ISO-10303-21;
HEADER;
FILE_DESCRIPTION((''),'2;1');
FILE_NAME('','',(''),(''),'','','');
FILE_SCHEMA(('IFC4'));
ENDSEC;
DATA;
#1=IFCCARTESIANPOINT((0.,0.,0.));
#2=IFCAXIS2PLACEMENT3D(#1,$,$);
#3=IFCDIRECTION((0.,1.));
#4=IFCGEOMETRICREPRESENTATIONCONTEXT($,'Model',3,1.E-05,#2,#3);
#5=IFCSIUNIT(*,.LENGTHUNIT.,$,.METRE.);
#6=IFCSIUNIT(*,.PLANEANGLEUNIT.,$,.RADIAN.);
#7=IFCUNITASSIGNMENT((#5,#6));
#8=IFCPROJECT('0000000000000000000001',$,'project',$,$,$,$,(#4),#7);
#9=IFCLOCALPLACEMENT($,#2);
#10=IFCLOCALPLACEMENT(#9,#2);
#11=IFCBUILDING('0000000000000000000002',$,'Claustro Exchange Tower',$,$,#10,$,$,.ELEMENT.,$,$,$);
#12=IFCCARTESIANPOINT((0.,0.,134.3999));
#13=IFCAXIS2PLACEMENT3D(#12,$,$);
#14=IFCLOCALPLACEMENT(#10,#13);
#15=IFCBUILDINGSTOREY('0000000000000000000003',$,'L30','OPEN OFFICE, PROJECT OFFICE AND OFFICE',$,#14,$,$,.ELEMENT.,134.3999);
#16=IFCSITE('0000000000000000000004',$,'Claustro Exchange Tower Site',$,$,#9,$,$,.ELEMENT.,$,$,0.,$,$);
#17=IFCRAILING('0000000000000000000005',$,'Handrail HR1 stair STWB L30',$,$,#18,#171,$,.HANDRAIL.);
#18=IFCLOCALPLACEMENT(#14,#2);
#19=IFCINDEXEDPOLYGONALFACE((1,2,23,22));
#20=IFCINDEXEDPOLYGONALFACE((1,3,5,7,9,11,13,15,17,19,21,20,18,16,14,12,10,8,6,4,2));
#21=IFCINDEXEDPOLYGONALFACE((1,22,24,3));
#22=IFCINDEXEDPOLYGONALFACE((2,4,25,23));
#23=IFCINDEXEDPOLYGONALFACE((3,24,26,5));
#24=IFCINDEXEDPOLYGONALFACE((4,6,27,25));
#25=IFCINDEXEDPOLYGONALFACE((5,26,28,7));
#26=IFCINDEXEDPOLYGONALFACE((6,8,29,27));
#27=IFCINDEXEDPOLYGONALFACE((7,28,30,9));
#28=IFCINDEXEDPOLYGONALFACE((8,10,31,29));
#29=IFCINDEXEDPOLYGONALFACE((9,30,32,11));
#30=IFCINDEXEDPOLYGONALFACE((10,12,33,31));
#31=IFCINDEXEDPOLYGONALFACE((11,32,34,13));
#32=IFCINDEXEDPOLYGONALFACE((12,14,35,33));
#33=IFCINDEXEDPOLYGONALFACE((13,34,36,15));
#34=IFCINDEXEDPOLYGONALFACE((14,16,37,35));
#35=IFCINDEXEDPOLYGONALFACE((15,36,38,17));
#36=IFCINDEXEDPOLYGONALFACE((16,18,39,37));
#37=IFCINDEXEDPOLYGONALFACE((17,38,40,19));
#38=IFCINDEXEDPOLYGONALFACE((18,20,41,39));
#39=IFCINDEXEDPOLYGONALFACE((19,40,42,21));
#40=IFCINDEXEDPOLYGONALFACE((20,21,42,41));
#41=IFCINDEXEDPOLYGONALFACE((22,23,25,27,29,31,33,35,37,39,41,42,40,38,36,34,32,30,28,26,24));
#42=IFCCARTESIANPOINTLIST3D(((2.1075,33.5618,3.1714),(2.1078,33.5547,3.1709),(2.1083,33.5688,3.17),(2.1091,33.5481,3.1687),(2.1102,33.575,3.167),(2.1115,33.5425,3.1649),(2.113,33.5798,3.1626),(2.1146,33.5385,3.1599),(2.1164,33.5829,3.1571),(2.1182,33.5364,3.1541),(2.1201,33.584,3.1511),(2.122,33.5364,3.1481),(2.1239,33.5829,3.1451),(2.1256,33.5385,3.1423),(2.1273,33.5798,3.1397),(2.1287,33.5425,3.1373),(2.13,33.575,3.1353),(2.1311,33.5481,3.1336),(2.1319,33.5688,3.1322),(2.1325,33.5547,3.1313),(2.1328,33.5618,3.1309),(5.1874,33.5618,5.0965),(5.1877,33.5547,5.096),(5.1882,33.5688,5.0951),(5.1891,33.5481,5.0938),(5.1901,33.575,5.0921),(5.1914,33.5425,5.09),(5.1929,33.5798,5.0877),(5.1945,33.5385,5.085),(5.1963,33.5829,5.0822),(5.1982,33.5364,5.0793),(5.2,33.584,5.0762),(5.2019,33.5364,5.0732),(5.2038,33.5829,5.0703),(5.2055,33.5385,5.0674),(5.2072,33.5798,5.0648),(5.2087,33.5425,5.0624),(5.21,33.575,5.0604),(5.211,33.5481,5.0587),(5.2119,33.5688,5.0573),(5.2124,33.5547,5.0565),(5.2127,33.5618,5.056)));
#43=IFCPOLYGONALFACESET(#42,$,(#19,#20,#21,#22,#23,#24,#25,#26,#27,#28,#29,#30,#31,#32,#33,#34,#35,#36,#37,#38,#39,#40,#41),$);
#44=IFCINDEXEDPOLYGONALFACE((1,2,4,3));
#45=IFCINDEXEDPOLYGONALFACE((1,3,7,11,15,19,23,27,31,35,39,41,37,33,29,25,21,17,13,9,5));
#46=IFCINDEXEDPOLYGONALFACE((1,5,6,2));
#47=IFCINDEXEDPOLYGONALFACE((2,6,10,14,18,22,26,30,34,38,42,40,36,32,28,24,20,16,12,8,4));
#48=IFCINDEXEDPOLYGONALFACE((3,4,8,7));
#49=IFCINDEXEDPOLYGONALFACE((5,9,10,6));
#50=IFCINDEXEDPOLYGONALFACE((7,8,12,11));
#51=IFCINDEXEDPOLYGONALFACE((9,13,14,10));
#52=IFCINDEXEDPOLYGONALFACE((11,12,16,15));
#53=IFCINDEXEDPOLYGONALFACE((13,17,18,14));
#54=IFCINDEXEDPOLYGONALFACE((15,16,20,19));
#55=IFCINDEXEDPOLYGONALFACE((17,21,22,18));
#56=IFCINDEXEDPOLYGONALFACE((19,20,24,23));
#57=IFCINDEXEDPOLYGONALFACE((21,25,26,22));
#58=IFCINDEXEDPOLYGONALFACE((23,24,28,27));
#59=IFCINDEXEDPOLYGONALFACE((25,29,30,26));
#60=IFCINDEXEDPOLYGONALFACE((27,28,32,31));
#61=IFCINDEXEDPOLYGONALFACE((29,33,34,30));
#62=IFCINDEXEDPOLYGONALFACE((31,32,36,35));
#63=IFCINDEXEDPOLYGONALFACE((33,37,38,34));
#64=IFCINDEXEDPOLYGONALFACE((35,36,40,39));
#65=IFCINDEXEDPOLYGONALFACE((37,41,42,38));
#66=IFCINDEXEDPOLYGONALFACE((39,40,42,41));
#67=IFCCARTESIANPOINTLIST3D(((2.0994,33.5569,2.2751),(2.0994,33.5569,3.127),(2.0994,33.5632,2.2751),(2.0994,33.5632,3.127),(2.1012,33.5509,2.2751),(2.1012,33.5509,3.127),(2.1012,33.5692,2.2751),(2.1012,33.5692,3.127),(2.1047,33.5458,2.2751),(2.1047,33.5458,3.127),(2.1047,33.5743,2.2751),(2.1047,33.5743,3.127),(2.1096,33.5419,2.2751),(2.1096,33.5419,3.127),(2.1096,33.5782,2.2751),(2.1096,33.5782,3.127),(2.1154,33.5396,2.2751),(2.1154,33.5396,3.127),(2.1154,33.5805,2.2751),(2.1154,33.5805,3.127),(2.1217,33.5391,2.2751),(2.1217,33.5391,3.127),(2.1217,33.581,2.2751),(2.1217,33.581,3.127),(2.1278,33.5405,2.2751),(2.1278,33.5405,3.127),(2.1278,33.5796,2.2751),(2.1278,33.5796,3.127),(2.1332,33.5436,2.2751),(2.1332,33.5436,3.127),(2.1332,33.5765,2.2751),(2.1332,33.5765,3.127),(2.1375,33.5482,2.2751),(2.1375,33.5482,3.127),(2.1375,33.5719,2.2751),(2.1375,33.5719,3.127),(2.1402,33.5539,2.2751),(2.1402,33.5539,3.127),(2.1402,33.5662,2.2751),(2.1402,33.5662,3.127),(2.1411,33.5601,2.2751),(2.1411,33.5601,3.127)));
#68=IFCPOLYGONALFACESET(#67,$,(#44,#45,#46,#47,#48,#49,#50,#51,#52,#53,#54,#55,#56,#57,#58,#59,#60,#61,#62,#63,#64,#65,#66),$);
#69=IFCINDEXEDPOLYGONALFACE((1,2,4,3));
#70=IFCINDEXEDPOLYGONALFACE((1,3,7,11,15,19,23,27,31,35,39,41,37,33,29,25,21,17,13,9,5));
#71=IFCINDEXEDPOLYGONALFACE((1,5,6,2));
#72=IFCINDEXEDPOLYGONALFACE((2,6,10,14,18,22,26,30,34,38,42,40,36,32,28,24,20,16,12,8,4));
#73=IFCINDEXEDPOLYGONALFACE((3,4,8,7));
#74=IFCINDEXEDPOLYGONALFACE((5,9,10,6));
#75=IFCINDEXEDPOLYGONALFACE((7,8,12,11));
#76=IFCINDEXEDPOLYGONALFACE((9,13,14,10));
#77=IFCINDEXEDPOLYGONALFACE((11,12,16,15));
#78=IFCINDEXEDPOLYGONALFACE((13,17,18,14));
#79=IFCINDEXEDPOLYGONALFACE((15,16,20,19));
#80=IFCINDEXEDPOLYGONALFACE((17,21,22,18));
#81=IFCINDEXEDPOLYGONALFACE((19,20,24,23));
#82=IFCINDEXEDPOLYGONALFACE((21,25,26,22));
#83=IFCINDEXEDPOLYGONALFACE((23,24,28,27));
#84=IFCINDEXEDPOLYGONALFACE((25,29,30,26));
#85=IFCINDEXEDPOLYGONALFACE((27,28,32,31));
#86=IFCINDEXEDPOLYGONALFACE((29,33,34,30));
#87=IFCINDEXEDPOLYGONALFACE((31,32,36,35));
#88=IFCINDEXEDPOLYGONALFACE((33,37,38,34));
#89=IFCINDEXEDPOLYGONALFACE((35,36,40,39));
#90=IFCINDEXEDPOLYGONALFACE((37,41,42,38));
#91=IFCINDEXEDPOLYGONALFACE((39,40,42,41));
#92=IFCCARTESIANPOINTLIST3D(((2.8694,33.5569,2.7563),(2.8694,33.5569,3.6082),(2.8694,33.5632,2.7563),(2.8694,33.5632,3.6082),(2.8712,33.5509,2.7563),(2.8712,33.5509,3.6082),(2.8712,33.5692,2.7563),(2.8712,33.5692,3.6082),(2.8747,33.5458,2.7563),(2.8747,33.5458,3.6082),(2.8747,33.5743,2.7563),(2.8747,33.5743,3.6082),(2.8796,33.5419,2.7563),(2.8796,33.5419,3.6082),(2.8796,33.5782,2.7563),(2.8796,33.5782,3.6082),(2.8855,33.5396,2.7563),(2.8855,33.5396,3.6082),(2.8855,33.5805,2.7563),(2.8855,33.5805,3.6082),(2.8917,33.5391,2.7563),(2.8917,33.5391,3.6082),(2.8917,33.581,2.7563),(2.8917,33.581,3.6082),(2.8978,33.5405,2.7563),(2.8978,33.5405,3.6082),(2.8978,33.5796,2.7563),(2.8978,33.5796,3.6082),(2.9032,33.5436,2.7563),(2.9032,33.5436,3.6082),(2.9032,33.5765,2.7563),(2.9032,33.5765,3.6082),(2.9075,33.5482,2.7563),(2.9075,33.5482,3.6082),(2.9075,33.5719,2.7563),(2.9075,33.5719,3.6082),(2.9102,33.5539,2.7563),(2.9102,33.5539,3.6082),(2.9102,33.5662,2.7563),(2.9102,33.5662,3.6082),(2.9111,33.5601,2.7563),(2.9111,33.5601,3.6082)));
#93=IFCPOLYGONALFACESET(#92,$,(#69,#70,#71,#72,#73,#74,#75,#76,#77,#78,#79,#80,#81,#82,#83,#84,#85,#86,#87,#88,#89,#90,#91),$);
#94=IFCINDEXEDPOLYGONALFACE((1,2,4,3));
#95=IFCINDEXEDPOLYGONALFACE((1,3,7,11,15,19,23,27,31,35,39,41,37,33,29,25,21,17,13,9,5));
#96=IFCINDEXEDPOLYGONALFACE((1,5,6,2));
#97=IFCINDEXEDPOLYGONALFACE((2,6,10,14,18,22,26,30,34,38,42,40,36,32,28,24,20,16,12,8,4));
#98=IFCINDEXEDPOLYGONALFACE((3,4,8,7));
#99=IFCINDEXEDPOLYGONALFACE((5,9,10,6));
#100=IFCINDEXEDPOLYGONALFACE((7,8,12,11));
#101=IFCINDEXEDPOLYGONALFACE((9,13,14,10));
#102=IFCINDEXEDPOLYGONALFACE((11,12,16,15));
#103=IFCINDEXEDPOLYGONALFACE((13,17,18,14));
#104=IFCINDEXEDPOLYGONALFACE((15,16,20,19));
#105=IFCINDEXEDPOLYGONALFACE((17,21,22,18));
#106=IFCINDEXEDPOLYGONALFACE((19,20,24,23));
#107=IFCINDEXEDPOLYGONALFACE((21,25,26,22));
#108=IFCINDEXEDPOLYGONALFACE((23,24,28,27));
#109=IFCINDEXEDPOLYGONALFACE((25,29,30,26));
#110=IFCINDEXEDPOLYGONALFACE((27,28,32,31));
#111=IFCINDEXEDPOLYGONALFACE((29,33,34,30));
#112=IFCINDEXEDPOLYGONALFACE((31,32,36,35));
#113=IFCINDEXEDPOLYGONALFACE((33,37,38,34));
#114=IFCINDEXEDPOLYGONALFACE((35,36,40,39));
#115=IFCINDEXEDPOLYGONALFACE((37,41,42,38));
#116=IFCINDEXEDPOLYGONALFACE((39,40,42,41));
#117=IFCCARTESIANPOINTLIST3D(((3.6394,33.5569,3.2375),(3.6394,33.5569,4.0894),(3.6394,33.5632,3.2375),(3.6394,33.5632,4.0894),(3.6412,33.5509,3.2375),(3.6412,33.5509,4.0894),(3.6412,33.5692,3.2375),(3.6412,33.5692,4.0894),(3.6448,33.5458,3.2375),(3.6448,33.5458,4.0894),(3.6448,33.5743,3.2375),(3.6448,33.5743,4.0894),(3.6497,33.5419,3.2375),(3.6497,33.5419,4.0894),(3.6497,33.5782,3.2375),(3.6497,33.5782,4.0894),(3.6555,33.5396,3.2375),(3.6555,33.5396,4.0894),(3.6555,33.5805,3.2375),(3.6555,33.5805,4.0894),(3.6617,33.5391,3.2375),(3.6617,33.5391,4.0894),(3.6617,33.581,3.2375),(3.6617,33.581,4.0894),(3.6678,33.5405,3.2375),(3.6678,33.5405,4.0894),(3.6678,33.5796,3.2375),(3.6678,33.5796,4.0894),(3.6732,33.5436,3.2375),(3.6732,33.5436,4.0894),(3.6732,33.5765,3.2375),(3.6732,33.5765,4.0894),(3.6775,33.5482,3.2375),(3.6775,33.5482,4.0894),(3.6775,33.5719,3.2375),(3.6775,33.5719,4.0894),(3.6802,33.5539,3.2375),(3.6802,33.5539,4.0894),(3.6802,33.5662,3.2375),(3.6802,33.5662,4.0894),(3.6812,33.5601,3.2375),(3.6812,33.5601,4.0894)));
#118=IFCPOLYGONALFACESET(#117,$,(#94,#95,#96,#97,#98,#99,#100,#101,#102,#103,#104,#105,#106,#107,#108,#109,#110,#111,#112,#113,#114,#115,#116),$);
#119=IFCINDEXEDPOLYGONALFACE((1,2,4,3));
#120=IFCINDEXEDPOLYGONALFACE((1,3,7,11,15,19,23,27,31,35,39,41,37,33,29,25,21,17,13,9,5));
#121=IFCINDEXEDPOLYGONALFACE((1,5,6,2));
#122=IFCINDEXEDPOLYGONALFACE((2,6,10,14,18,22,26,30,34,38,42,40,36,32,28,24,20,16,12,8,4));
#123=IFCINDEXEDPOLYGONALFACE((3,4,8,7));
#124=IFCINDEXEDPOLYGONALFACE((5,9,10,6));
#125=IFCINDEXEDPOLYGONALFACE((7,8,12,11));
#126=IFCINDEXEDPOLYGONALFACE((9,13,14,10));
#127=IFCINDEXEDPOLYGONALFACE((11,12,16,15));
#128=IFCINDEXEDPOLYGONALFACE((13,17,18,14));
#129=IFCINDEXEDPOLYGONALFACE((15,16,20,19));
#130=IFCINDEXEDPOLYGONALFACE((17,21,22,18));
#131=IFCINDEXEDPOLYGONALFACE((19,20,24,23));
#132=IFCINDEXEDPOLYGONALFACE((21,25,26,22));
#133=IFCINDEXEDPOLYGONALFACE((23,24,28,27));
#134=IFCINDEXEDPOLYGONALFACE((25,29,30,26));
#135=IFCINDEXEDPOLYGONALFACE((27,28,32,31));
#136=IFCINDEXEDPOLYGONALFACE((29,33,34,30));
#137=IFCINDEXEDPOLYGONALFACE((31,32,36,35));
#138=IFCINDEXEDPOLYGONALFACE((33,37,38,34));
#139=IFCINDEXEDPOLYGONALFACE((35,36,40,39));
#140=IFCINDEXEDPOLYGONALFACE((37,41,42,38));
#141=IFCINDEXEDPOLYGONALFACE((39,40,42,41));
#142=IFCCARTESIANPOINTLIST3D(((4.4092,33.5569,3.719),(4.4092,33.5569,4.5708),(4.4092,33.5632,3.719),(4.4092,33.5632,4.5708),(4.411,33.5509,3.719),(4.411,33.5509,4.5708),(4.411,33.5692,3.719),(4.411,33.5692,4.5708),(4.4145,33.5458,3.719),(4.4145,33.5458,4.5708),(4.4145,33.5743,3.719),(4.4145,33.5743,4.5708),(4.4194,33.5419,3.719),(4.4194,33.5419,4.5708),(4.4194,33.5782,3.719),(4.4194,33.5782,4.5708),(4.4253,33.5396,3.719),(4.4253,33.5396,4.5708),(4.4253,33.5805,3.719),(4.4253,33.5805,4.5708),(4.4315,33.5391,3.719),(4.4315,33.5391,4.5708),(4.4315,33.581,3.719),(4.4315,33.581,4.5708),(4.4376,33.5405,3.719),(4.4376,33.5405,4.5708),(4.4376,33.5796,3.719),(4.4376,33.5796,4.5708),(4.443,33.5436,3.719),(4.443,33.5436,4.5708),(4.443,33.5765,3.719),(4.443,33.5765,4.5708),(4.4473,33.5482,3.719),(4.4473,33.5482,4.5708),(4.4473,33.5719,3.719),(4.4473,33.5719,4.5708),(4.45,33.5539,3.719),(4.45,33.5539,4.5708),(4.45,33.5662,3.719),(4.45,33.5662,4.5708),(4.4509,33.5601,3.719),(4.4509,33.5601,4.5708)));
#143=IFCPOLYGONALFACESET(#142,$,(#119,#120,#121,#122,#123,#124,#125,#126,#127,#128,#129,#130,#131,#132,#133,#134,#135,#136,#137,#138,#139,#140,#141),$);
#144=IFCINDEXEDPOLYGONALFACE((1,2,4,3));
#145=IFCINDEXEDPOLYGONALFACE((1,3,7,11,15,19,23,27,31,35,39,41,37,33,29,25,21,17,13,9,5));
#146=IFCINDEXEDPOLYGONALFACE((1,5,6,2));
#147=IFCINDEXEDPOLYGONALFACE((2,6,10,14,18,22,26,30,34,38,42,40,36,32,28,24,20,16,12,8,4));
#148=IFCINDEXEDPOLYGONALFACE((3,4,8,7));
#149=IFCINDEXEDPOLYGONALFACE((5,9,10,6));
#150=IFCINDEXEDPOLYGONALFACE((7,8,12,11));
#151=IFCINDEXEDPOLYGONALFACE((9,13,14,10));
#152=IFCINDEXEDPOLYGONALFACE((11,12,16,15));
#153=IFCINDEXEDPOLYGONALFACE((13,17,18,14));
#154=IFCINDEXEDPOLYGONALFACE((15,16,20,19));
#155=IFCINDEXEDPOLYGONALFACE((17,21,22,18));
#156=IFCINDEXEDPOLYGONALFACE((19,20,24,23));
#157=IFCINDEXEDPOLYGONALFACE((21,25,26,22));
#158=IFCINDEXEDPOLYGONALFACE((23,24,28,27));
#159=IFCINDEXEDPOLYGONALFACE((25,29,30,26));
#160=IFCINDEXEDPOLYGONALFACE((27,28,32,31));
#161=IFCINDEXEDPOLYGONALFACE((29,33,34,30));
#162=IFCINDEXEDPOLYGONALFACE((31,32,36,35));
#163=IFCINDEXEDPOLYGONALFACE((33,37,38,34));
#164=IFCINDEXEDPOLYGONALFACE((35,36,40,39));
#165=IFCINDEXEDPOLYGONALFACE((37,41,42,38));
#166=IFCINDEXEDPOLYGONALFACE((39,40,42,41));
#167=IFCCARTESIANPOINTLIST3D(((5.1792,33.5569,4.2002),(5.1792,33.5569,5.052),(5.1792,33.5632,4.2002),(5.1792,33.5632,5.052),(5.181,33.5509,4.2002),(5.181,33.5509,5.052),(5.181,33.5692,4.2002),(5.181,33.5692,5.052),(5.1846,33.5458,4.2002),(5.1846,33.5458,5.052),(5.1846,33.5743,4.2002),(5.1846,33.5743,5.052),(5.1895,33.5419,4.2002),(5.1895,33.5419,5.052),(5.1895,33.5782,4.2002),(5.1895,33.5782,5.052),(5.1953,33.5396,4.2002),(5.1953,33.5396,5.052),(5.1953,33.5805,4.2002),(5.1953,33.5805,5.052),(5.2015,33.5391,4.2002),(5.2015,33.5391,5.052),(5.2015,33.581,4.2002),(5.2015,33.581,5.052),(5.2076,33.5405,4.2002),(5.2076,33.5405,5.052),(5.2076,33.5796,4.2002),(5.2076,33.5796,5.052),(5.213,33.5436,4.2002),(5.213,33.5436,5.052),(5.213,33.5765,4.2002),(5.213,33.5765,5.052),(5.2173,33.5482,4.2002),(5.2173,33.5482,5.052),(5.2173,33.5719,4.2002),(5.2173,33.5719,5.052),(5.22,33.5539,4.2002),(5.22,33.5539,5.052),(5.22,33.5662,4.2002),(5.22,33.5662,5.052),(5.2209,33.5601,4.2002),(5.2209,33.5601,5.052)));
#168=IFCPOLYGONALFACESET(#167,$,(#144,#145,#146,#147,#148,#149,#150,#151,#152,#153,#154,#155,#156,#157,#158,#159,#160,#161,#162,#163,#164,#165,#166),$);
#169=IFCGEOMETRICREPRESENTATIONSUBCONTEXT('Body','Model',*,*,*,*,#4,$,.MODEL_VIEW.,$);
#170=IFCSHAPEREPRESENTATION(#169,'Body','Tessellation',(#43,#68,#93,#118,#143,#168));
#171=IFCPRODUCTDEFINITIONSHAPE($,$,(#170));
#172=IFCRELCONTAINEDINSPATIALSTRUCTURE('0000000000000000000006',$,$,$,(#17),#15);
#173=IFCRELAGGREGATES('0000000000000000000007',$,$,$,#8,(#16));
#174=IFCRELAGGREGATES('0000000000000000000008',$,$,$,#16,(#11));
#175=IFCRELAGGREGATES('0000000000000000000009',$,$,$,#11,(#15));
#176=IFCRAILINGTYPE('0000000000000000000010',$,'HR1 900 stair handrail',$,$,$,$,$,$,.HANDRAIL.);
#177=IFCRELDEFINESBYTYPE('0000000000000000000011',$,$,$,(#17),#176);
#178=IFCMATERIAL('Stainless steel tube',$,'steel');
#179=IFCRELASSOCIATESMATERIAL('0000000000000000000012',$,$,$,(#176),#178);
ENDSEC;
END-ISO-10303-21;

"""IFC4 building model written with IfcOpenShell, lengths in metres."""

from ifc_helpers import new_model, si_unit, direction, frame, origin, origin_2d, place, context, subcontext, project, spatial, circle, extrude, material, type_object, element, save


model = new_model("IFC4")

# Units and contexts
model_context = context("Model", 3, precision=1e-05, world=origin(), true_north=direction((0.0, 1.0)))
body_context = subcontext(model_context, "Body", "Model", "MODEL_VIEW")
ifc_project = project(units=[si_unit("LENGTHUNIT", "METRE"), si_unit("PLANEANGLEUNIT", "RADIAN")], contexts=[model_context])

# Site, building, storey
site_placement = place(None, origin())
site = spatial("IfcSite", under=ifc_project, at=site_placement, Name="Claustro Exchange Tower Site", CompositionType="ELEMENT", RefElevation=0.0)
building_placement = place(site_placement, origin())
building = spatial("IfcBuilding", under=site, at=building_placement, Name="Claustro Exchange Tower", CompositionType="ELEMENT")
storey_placement = place(building_placement, frame((0.0, 0.0, 134.3999)))
storey = spatial("IfcBuildingStorey", under=building, at=storey_placement, Name="L30", Description="OPEN OFFICE, PROJECT OFFICE AND OFFICE", CompositionType="ELEMENT", Elevation=134.3999)

# Railing
ifc_material_1 = material(Name="Stainless steel tube", Category="steel")
railing_type_1 = type_object("IfcRailingType", Name="HR1 900 stair handrail", PredefinedType="HANDRAIL", material=ifc_material_1)
railing_1_placement = place(storey_placement, frame((2.1201, 33.5601, 2.2751)))
element("IfcRailing", 1, at=railing_1_placement, inside=storey, type_object=railing_type_1, Name="Handrail HR1 stair STWB L30", PredefinedType="HANDRAIL", context=body_context, shape_type="SweptSolid", body=[
    extrude(circle(Radius=0.0239, at=origin_2d()), frame((0.0, 0.0, 0.876), z_axis=(0.847979, 0.0, 0.530029), x_axis=(0.0, 1.0, 0.0)), (0.0, 0.0, 1.0), 3.6321),
    extrude(circle(Radius=0.021, at=origin_2d()), origin(), (0.0, 0.0, 1.0), 0.8518),
    extrude(circle(Radius=0.021, at=origin_2d()), frame((0.77, 0.0, 0.4812)), (0.0, 0.0, 1.0), 0.8518),
    extrude(circle(Radius=0.021, at=origin_2d()), frame((1.54, 0.0, 0.9624)), (0.0, 0.0, 1.0), 0.8518),
    extrude(circle(Radius=0.021, at=origin_2d()), frame((2.3098, 0.0, 1.4438)), (0.0, 0.0, 1.0), 0.8518),
    extrude(circle(Radius=0.021, at=origin_2d()), frame((3.0798, 0.0, 1.925)), (0.0, 0.0, 1.0), 0.8518),
])

save(model, "model.ifc")
